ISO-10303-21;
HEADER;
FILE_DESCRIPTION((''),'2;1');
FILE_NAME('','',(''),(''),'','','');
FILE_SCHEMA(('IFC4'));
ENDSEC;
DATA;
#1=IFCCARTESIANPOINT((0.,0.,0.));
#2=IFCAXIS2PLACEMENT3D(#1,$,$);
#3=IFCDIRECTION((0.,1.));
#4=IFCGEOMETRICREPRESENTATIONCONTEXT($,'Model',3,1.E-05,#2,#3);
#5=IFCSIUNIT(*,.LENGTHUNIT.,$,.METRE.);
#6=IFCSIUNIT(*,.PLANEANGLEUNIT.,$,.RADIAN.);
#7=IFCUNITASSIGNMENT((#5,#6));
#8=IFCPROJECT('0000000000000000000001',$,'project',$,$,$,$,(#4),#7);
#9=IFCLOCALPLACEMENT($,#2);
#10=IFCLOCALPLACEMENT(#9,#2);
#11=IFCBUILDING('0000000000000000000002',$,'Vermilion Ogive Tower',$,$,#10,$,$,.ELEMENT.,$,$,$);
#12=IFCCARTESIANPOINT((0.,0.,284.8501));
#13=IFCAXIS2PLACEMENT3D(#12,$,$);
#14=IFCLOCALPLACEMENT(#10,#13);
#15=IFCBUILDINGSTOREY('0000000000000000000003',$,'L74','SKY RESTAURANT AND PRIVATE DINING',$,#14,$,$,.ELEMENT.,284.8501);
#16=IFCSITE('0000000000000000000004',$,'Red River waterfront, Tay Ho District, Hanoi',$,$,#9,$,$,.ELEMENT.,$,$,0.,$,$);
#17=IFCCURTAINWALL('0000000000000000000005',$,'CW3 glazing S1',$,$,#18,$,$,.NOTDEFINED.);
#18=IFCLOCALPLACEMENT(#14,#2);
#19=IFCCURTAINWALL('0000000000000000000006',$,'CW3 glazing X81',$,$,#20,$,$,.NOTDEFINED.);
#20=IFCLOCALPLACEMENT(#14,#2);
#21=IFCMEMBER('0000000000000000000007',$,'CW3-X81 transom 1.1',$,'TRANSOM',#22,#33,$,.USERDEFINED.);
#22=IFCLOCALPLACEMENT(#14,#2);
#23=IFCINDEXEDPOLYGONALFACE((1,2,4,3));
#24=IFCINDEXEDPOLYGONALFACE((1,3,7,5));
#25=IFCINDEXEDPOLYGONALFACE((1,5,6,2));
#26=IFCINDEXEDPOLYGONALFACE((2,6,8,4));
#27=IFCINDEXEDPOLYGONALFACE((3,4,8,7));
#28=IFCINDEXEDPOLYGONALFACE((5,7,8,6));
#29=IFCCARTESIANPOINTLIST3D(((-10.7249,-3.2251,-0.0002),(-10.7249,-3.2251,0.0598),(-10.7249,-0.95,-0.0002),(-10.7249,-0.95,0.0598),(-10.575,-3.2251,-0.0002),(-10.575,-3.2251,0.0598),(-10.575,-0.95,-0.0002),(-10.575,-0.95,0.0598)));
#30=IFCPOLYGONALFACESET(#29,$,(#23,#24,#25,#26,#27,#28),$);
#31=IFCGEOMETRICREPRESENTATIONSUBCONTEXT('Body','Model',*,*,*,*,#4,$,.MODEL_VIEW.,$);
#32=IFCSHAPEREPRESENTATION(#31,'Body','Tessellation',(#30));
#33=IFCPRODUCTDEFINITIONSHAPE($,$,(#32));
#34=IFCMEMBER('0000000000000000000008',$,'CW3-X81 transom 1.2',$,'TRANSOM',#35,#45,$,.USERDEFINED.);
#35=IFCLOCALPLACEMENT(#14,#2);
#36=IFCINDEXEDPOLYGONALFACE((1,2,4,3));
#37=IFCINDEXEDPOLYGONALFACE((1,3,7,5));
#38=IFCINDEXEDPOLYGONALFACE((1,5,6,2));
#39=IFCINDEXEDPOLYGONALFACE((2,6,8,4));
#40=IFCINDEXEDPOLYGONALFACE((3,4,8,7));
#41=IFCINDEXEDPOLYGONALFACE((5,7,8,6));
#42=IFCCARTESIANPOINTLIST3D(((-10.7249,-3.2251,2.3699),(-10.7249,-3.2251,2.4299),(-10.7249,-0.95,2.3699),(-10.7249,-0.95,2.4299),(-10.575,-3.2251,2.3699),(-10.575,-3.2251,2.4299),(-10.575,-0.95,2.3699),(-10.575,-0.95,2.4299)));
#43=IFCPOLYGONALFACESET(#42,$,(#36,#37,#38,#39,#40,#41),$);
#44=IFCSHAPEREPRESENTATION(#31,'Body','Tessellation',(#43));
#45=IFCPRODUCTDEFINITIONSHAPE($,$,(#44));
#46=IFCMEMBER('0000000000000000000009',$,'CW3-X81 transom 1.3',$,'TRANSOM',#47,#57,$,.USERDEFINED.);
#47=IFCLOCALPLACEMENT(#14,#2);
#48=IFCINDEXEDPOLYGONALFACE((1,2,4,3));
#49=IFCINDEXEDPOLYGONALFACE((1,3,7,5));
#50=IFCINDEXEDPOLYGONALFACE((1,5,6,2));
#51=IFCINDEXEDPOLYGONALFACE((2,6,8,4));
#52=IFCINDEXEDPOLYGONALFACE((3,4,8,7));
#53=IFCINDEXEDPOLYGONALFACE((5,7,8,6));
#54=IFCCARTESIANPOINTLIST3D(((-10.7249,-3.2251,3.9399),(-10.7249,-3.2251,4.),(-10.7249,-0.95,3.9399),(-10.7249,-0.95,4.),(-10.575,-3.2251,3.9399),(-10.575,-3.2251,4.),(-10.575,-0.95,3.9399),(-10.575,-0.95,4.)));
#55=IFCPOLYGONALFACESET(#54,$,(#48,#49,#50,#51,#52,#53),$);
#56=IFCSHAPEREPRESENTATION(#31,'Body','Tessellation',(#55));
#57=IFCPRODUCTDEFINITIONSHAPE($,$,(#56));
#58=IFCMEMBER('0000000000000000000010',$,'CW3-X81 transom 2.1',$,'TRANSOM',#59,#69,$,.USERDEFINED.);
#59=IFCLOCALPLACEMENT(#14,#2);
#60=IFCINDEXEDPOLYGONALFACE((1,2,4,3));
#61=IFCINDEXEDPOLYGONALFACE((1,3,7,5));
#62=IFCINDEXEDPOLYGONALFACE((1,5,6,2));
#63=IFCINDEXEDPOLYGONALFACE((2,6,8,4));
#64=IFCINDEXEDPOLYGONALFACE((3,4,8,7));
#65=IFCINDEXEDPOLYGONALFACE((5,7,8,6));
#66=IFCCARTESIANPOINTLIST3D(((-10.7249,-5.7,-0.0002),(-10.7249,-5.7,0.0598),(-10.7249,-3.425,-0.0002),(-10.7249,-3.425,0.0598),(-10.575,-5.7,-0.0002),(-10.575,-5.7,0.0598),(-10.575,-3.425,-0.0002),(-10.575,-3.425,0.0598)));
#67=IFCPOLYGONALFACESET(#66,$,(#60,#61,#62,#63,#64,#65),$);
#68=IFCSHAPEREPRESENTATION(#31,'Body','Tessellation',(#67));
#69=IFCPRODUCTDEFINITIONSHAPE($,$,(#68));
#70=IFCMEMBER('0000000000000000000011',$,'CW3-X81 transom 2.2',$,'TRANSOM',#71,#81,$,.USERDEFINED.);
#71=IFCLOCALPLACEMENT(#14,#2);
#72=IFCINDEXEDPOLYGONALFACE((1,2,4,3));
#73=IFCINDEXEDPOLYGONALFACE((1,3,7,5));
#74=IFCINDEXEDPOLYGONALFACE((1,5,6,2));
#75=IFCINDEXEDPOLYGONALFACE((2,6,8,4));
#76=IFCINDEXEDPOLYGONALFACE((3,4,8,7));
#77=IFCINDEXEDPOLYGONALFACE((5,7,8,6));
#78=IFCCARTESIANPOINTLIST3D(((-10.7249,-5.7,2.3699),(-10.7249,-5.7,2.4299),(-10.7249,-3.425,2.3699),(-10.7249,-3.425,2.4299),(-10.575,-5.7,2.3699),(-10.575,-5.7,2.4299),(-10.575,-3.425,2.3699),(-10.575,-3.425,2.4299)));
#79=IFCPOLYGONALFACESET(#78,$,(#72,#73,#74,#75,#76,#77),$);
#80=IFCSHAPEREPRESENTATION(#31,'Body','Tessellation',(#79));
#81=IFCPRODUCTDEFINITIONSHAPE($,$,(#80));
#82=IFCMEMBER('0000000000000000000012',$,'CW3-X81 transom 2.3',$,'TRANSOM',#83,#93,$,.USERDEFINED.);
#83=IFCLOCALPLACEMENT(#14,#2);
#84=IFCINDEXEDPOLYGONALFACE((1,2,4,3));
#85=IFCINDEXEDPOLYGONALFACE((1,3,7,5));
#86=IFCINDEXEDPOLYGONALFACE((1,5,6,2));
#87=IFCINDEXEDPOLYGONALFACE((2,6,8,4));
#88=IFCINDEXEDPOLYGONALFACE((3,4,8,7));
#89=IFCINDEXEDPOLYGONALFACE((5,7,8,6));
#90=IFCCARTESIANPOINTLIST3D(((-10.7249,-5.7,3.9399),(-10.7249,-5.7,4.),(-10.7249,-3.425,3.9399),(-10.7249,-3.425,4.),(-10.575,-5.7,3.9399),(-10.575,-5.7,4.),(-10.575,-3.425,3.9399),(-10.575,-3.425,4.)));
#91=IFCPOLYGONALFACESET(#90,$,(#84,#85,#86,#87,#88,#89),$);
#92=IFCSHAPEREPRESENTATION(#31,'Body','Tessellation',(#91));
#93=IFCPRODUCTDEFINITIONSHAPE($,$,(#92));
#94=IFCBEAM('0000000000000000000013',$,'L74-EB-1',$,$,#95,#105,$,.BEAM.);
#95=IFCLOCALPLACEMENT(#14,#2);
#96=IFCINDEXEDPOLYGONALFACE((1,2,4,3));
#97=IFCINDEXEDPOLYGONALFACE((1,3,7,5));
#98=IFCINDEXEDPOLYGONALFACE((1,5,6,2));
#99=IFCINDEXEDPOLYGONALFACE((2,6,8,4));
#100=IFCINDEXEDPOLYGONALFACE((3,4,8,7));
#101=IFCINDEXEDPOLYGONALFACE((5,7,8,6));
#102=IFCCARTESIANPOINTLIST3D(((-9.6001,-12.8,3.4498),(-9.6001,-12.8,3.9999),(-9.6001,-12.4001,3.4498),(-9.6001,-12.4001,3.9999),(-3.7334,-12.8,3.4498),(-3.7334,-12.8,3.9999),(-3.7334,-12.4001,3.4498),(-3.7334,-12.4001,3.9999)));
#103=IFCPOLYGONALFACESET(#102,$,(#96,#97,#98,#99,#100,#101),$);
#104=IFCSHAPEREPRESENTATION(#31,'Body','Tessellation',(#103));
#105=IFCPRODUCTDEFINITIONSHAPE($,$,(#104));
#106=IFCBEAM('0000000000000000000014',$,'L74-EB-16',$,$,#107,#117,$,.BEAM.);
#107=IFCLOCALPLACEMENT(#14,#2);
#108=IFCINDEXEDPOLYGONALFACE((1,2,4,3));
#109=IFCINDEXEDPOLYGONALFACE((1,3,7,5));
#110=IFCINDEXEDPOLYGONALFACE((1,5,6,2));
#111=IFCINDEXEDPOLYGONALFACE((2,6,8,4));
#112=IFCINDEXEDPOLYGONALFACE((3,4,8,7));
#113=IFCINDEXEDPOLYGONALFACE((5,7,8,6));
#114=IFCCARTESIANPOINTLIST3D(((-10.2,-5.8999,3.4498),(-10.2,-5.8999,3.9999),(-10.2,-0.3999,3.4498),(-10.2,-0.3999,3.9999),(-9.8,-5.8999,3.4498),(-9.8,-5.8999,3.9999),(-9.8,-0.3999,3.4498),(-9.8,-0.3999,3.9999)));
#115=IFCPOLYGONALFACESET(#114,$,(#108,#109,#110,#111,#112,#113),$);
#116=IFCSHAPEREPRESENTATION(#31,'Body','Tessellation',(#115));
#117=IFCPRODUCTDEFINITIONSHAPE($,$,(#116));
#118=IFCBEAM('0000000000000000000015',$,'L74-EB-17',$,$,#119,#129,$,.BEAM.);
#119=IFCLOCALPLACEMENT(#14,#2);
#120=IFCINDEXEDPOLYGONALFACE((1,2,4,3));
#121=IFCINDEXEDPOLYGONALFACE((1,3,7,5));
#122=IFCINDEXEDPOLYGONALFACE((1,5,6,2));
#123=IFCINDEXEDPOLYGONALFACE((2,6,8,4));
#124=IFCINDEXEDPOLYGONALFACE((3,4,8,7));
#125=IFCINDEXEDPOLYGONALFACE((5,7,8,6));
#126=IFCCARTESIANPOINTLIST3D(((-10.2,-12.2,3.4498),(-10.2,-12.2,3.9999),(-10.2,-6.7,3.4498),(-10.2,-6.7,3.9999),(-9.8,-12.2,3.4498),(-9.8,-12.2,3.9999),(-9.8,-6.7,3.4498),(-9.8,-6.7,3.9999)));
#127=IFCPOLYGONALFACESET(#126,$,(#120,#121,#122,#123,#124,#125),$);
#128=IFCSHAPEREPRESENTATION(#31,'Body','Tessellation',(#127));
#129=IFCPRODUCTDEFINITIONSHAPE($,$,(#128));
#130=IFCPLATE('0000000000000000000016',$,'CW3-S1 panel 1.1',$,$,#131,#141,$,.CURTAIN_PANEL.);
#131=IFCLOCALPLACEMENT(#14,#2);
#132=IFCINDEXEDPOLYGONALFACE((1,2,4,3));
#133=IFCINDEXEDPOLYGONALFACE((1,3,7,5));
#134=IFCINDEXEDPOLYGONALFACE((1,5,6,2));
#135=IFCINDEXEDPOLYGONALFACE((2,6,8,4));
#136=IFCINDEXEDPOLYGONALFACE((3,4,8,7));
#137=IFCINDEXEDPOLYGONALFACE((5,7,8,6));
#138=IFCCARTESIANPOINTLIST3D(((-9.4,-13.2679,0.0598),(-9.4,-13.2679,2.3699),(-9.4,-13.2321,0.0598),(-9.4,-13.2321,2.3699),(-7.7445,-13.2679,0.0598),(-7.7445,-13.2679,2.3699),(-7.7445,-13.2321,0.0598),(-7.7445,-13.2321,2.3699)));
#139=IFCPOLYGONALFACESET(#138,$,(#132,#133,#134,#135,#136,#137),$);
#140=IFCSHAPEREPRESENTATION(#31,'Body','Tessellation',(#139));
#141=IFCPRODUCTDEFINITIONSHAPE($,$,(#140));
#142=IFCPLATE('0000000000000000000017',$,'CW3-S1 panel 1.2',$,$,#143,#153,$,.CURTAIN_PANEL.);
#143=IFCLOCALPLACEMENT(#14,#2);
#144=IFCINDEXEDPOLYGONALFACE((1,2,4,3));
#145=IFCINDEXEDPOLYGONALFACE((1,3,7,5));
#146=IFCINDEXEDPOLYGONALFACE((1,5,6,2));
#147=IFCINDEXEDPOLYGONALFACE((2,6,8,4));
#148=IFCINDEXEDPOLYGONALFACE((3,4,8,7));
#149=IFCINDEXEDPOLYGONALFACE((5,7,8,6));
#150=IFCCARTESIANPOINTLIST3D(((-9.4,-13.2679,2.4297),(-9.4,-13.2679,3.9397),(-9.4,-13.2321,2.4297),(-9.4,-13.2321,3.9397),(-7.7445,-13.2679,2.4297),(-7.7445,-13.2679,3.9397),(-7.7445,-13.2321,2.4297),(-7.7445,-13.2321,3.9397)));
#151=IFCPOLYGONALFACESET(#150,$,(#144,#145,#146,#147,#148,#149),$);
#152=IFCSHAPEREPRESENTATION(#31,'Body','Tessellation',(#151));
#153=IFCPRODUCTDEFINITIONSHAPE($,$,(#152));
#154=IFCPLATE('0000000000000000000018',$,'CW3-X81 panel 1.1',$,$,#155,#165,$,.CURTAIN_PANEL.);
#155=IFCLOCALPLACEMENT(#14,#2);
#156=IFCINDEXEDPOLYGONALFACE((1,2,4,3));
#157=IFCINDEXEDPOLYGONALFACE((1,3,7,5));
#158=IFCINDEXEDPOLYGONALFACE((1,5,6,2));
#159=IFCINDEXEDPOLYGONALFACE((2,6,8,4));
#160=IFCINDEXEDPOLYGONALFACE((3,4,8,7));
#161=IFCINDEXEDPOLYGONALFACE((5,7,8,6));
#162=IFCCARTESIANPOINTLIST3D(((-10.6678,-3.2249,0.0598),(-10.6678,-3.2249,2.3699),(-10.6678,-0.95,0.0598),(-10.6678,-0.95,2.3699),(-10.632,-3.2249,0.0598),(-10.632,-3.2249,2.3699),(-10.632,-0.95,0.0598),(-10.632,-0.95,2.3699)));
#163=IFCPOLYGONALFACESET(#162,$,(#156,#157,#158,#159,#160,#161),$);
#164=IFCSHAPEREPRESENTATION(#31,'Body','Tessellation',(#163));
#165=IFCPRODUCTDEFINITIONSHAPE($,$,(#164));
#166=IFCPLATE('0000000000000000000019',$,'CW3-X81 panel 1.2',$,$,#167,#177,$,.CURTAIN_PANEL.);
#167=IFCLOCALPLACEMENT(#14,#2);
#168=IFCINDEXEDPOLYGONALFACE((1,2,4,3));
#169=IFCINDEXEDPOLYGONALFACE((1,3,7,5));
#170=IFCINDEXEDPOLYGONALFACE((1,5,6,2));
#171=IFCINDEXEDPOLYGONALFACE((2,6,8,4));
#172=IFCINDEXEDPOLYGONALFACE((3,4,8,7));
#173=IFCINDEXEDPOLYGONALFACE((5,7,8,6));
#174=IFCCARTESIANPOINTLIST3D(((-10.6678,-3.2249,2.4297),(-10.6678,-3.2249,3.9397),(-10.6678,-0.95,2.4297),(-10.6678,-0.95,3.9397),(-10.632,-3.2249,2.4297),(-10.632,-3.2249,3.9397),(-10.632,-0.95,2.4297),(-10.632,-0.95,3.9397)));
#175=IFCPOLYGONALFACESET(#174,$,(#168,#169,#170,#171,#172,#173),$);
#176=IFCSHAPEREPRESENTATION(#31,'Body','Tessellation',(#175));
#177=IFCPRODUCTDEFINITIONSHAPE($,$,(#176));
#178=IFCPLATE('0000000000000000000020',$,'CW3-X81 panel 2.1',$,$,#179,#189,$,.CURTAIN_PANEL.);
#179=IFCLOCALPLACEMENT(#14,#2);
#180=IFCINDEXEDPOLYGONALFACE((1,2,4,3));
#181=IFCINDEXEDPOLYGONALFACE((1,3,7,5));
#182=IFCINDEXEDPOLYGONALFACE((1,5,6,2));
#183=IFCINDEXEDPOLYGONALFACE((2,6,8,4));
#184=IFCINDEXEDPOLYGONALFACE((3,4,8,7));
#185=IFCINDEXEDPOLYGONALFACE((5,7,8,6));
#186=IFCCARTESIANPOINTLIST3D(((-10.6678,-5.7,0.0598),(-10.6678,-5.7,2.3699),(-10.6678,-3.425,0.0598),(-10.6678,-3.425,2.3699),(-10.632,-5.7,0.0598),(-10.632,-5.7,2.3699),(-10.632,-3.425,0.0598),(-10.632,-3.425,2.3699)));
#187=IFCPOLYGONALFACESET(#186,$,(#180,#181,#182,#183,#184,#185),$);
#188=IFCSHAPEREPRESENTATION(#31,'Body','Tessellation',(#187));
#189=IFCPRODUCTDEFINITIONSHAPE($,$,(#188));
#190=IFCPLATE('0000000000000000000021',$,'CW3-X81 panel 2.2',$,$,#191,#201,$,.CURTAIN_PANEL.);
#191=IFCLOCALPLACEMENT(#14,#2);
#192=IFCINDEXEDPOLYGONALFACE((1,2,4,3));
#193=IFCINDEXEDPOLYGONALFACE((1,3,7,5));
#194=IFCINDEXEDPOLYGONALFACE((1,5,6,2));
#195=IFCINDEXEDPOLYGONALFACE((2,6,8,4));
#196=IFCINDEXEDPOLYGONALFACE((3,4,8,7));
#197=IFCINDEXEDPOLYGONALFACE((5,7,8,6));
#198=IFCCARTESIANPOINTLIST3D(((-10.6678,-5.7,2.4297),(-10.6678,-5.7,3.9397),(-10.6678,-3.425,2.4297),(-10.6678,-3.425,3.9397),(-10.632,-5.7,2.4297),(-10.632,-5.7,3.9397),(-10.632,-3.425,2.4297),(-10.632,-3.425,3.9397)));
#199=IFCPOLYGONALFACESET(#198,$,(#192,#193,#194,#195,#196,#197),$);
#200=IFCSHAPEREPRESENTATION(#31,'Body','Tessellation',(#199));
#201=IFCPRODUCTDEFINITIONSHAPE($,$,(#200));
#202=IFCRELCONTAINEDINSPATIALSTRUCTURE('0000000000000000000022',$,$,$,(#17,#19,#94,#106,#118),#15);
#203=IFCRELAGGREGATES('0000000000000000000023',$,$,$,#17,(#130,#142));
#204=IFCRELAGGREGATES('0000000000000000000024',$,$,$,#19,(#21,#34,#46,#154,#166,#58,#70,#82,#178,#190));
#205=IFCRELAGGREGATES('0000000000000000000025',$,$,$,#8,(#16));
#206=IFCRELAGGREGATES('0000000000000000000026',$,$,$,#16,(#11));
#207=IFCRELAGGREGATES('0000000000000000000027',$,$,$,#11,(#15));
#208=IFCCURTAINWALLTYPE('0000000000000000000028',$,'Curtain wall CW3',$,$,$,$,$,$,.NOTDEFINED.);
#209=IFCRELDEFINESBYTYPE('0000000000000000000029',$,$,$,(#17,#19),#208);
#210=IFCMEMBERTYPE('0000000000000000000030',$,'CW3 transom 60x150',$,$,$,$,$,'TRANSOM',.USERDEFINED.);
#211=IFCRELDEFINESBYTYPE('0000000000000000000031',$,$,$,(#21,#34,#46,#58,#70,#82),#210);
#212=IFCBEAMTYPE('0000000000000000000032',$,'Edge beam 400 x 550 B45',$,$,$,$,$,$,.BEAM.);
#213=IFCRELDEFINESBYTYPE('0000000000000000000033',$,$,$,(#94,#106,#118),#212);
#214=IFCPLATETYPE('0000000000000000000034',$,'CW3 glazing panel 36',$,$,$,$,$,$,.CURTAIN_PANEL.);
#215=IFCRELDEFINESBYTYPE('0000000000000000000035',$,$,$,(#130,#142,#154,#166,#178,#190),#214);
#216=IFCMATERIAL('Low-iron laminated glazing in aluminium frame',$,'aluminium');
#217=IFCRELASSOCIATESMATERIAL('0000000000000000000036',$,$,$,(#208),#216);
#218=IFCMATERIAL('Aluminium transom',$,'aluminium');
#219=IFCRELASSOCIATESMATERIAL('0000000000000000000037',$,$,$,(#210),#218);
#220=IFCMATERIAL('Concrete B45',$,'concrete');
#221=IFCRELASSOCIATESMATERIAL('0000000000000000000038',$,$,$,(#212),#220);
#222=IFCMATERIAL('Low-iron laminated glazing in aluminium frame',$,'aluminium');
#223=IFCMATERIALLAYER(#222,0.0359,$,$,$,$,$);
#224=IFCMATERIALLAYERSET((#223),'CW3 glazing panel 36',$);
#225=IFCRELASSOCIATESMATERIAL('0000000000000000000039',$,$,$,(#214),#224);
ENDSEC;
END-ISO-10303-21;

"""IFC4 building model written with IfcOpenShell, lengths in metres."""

from ifc_helpers import new_model, si_unit, direction, frame, origin, origin_2d, place, context, subcontext, project, spatial, rectangle, extrude, material, layer, layer_set, material_profile, profile_set, type_object, element, aggregate, save


model = new_model("IFC4")

# Units and contexts
model_context = context("Model", 3, precision=1e-05, world=origin(), true_north=direction((0.0, 1.0)))
body_context = subcontext(model_context, "Body", "Model", "MODEL_VIEW")
ifc_project = project(units=[si_unit("LENGTHUNIT", "METRE"), si_unit("PLANEANGLEUNIT", "RADIAN")], contexts=[model_context])

# Site, building, storey
site_placement = place(None, origin())
site = spatial("IfcSite", under=ifc_project, at=site_placement, Name="Red River waterfront, Tay Ho District, Hanoi", CompositionType="ELEMENT", RefElevation=0.0)
building_placement = place(site_placement, origin())
building = spatial("IfcBuilding", under=site, at=building_placement, Name="Vermilion Ogive Tower", CompositionType="ELEMENT")
storey_placement = place(building_placement, frame((0.0, 0.0, 284.8501)))
storey = spatial("IfcBuildingStorey", under=building, at=storey_placement, Name="L74", Description="SKY RESTAURANT AND PRIVATE DINING", CompositionType="ELEMENT", Elevation=284.8501)

# Curtain walls
ifc_material_1 = material(Name="Low-iron laminated glazing in aluminium frame", Category="aluminium")
curtain_wall_type = type_object("IfcCurtainWallType", Name="Curtain wall CW3", PredefinedType="NOTDEFINED", material=ifc_material_1)
curtain_wall_1_placement = place(storey_placement, origin())
curtain_wall_1 = element("IfcCurtainWall", 1, at=curtain_wall_1_placement, inside=storey, type_object=curtain_wall_type, Name="CW3 glazing S1", PredefinedType="NOTDEFINED")
curtain_wall_2_placement = place(storey_placement, origin())
curtain_wall_2 = element("IfcCurtainWall", 2, at=curtain_wall_2_placement, inside=storey, type_object=curtain_wall_type, Name="CW3 glazing X81", PredefinedType="NOTDEFINED")

# Members
ifc_material_2 = material(Name="Aluminium transom", Category="aluminium")
ifc_material_profile_1 = material_profile(ifc_material_2, rectangle(XDim=0.1499, YDim=0.0601, at=origin_2d()), Name="AL 60x150")
ifc_profile_set_1 = profile_set([ifc_material_profile_1], Name="Aluminium transom")
member_type_1 = type_object("IfcMemberType", Name="CW3 transom 60x150", ElementType="TRANSOM", PredefinedType="USERDEFINED", material=ifc_profile_set_1)
member_1_placement = place(storey_placement, frame((-10.6499, -0.95, 0.0298), z_axis=(0.0, -1.0, 0.0), x_axis=(1.0, 0.0, 0.0)))
member_1 = element("IfcMember", 3, at=member_1_placement, type_object=member_type_1, Name="CW3-X81 transom 1.1", ObjectType="TRANSOM", PredefinedType="USERDEFINED", context=body_context, shape_type="SweptSolid", body=[
    extrude(rectangle(XDim=0.1499, YDim=0.0601, at=origin_2d()), origin(), (0.0, 0.0, 1.0), 2.2751),
])
member_2_placement = place(storey_placement, frame((-10.6499, -0.95, 2.3999), z_axis=(0.0, -1.0, 0.0), x_axis=(1.0, 0.0, 0.0)))
member_2 = element("IfcMember", 4, at=member_2_placement, type_object=member_type_1, Name="CW3-X81 transom 1.2", ObjectType="TRANSOM", PredefinedType="USERDEFINED", context=body_context, shape_type="SweptSolid", body=[
    extrude(rectangle(XDim=0.1499, YDim=0.0601, at=origin_2d()), origin(), (0.0, 0.0, 1.0), 2.2751),
])
member_3_placement = place(storey_placement, frame((-10.6499, -0.95, 3.97), z_axis=(0.0, -1.0, 0.0), x_axis=(1.0, 0.0, 0.0)))
member_3 = element("IfcMember", 5, at=member_3_placement, type_object=member_type_1, Name="CW3-X81 transom 1.3", ObjectType="TRANSOM", PredefinedType="USERDEFINED", context=body_context, shape_type="SweptSolid", body=[
    extrude(rectangle(XDim=0.1499, YDim=0.0601, at=origin_2d()), origin(), (0.0, 0.0, 1.0), 2.2751),
])
member_4_placement = place(storey_placement, frame((-10.6499, -3.425, 0.0298), z_axis=(0.0, -1.0, 0.0), x_axis=(1.0, 0.0, 0.0)))
member_4 = element("IfcMember", 6, at=member_4_placement, type_object=member_type_1, Name="CW3-X81 transom 2.1", ObjectType="TRANSOM", PredefinedType="USERDEFINED", context=body_context, shape_type="SweptSolid", body=[
    extrude(rectangle(XDim=0.1499, YDim=0.0601, at=origin_2d()), origin(), (0.0, 0.0, 1.0), 2.2749),
])
member_5_placement = place(storey_placement, frame((-10.6499, -3.425, 2.3999), z_axis=(0.0, -1.0, 0.0), x_axis=(1.0, 0.0, 0.0)))
member_5 = element("IfcMember", 7, at=member_5_placement, type_object=member_type_1, Name="CW3-X81 transom 2.2", ObjectType="TRANSOM", PredefinedType="USERDEFINED", context=body_context, shape_type="SweptSolid", body=[
    extrude(rectangle(XDim=0.1499, YDim=0.0601, at=origin_2d()), origin(), (0.0, 0.0, 1.0), 2.2749),
])
member_6_placement = place(storey_placement, frame((-10.6499, -3.425, 3.97), z_axis=(0.0, -1.0, 0.0), x_axis=(1.0, 0.0, 0.0)))
member_6 = element("IfcMember", 8, at=member_6_placement, type_object=member_type_1, Name="CW3-X81 transom 2.3", ObjectType="TRANSOM", PredefinedType="USERDEFINED", context=body_context, shape_type="SweptSolid", body=[
    extrude(rectangle(XDim=0.1499, YDim=0.0601, at=origin_2d()), origin(), (0.0, 0.0, 1.0), 2.2749),
])

# Beams
ifc_material_3 = material(Name="Concrete B45", Category="concrete")
ifc_material_profile_2 = material_profile(ifc_material_3, rectangle(XDim=0.3999, YDim=0.55, at=origin_2d()), Name="400 x 550")
ifc_profile_set_2 = profile_set([ifc_material_profile_2], Name="Concrete B45")
beam_type = type_object("IfcBeamType", Name="Edge beam 400 x 550 B45", PredefinedType="BEAM", material=ifc_profile_set_2)
beam_placement = place(storey_placement, frame((-9.6001, -12.6001, 3.7249), z_axis=(1.0, 0.0, 0.0), x_axis=(0.0, 1.0, 0.0)))
element("IfcBeam", 9, at=beam_placement, inside=storey, type_object=beam_type, Name="L74-EB-1", PredefinedType="BEAM", context=body_context, shape_type="SweptSolid", body=[
    extrude(rectangle(XDim=0.3999, YDim=0.55, at=origin_2d()), origin(), (0.0, 0.0, 1.0), 5.8667),
])
for number, where, z_axis, x_axis, name in (
    (10, (-10.0, -0.3999, 3.7249), (0.0, -1.0, 0.0), (1.0, 0.0, 0.0), "L74-EB-16"),
    (11, (-10.0, -6.7, 3.7249), (0.0, -1.0, 0.0), (1.0, 0.0, 0.0), "L74-EB-17"),
):
    element("IfcBeam", number, at=place(storey_placement, frame(where, z_axis=z_axis, x_axis=x_axis)), inside=storey, type_object=beam_type, Name=name, PredefinedType="BEAM", context=body_context, shape_type="SweptSolid", body=[
        extrude(rectangle(XDim=0.3999, YDim=0.55, at=origin_2d()), origin(), (0.0, 0.0, 1.0), 5.5),
    ])

# Plates
ifc_material_4 = material(Name="Low-iron laminated glazing in aluminium frame", Category="aluminium")
ifc_layer = layer(ifc_material_4, 0.0359)
ifc_layer_set = layer_set([ifc_layer], Name="CW3 glazing panel 36")
plate_type = type_object("IfcPlateType", Name="CW3 glazing panel 36", PredefinedType="CURTAIN_PANEL", material=ifc_layer_set)
plate_1_placement = place(storey_placement, frame((-8.5723, -13.25, 0.0598), z_axis=(0.0, 0.0, 1.0), x_axis=(1.0, 0.0, 0.0)))
plate_1 = element("IfcPlate", 12, at=plate_1_placement, type_object=plate_type, Name="CW3-S1 panel 1.1", PredefinedType="CURTAIN_PANEL", context=body_context, shape_type="SweptSolid", body=[
    extrude(rectangle(XDim=1.6555, YDim=0.0359, at=origin_2d()), origin(), (0.0, 0.0, 1.0), 2.3101),
])
plate_2_placement = place(storey_placement, frame((-8.5723, -13.25, 2.4297), z_axis=(0.0, 0.0, 1.0), x_axis=(1.0, 0.0, 0.0)))
plate_2 = element("IfcPlate", 13, at=plate_2_placement, type_object=plate_type, Name="CW3-S1 panel 1.2", PredefinedType="CURTAIN_PANEL", context=body_context, shape_type="SweptSolid", body=[
    extrude(rectangle(XDim=1.6555, YDim=0.0359, at=origin_2d()), origin(), (0.0, 0.0, 1.0), 1.51),
])
aggregate(curtain_wall_1, [plate_1, plate_2])
plate_3_placement = place(storey_placement, frame((-10.6499, -2.0874, 0.0598), z_axis=(0.0, 0.0, 1.0), x_axis=(0.0, -1.0, 0.0)))
plate_3 = element("IfcPlate", 14, at=plate_3_placement, type_object=plate_type, Name="CW3-X81 panel 1.1", PredefinedType="CURTAIN_PANEL", context=body_context, shape_type="SweptSolid", body=[
    extrude(rectangle(XDim=2.2749, YDim=0.0359, at=origin_2d()), origin(), (0.0, 0.0, 1.0), 2.3101),
])
plate_4_placement = place(storey_placement, frame((-10.6499, -2.0874, 2.4297), z_axis=(0.0, 0.0, 1.0), x_axis=(0.0, -1.0, 0.0)))
plate_4 = element("IfcPlate", 15, at=plate_4_placement, type_object=plate_type, Name="CW3-X81 panel 1.2", PredefinedType="CURTAIN_PANEL", context=body_context, shape_type="SweptSolid", body=[
    extrude(rectangle(XDim=2.2749, YDim=0.0359, at=origin_2d()), origin(), (0.0, 0.0, 1.0), 1.51),
])
plate_5_placement = place(storey_placement, frame((-10.6499, -4.5625, 0.0598), z_axis=(0.0, 0.0, 1.0), x_axis=(0.0, -1.0, 0.0)))
plate_5 = element("IfcPlate", 16, at=plate_5_placement, type_object=plate_type, Name="CW3-X81 panel 2.1", PredefinedType="CURTAIN_PANEL", context=body_context, shape_type="SweptSolid", body=[
    extrude(rectangle(XDim=2.2749, YDim=0.0359, at=origin_2d()), origin(), (0.0, 0.0, 1.0), 2.3101),
])
plate_6_placement = place(storey_placement, frame((-10.6499, -4.5625, 2.4297), z_axis=(0.0, 0.0, 1.0), x_axis=(0.0, -1.0, 0.0)))
plate_6 = element("IfcPlate", 17, at=plate_6_placement, type_object=plate_type, Name="CW3-X81 panel 2.2", PredefinedType="CURTAIN_PANEL", context=body_context, shape_type="SweptSolid", body=[
    extrude(rectangle(XDim=2.2749, YDim=0.0359, at=origin_2d()), origin(), (0.0, 0.0, 1.0), 1.51),
])
aggregate(curtain_wall_2, [member_1, member_2, member_3, plate_3, plate_4, member_4, member_5, member_6, plate_5, plate_6])

save(model, "model.ifc")
